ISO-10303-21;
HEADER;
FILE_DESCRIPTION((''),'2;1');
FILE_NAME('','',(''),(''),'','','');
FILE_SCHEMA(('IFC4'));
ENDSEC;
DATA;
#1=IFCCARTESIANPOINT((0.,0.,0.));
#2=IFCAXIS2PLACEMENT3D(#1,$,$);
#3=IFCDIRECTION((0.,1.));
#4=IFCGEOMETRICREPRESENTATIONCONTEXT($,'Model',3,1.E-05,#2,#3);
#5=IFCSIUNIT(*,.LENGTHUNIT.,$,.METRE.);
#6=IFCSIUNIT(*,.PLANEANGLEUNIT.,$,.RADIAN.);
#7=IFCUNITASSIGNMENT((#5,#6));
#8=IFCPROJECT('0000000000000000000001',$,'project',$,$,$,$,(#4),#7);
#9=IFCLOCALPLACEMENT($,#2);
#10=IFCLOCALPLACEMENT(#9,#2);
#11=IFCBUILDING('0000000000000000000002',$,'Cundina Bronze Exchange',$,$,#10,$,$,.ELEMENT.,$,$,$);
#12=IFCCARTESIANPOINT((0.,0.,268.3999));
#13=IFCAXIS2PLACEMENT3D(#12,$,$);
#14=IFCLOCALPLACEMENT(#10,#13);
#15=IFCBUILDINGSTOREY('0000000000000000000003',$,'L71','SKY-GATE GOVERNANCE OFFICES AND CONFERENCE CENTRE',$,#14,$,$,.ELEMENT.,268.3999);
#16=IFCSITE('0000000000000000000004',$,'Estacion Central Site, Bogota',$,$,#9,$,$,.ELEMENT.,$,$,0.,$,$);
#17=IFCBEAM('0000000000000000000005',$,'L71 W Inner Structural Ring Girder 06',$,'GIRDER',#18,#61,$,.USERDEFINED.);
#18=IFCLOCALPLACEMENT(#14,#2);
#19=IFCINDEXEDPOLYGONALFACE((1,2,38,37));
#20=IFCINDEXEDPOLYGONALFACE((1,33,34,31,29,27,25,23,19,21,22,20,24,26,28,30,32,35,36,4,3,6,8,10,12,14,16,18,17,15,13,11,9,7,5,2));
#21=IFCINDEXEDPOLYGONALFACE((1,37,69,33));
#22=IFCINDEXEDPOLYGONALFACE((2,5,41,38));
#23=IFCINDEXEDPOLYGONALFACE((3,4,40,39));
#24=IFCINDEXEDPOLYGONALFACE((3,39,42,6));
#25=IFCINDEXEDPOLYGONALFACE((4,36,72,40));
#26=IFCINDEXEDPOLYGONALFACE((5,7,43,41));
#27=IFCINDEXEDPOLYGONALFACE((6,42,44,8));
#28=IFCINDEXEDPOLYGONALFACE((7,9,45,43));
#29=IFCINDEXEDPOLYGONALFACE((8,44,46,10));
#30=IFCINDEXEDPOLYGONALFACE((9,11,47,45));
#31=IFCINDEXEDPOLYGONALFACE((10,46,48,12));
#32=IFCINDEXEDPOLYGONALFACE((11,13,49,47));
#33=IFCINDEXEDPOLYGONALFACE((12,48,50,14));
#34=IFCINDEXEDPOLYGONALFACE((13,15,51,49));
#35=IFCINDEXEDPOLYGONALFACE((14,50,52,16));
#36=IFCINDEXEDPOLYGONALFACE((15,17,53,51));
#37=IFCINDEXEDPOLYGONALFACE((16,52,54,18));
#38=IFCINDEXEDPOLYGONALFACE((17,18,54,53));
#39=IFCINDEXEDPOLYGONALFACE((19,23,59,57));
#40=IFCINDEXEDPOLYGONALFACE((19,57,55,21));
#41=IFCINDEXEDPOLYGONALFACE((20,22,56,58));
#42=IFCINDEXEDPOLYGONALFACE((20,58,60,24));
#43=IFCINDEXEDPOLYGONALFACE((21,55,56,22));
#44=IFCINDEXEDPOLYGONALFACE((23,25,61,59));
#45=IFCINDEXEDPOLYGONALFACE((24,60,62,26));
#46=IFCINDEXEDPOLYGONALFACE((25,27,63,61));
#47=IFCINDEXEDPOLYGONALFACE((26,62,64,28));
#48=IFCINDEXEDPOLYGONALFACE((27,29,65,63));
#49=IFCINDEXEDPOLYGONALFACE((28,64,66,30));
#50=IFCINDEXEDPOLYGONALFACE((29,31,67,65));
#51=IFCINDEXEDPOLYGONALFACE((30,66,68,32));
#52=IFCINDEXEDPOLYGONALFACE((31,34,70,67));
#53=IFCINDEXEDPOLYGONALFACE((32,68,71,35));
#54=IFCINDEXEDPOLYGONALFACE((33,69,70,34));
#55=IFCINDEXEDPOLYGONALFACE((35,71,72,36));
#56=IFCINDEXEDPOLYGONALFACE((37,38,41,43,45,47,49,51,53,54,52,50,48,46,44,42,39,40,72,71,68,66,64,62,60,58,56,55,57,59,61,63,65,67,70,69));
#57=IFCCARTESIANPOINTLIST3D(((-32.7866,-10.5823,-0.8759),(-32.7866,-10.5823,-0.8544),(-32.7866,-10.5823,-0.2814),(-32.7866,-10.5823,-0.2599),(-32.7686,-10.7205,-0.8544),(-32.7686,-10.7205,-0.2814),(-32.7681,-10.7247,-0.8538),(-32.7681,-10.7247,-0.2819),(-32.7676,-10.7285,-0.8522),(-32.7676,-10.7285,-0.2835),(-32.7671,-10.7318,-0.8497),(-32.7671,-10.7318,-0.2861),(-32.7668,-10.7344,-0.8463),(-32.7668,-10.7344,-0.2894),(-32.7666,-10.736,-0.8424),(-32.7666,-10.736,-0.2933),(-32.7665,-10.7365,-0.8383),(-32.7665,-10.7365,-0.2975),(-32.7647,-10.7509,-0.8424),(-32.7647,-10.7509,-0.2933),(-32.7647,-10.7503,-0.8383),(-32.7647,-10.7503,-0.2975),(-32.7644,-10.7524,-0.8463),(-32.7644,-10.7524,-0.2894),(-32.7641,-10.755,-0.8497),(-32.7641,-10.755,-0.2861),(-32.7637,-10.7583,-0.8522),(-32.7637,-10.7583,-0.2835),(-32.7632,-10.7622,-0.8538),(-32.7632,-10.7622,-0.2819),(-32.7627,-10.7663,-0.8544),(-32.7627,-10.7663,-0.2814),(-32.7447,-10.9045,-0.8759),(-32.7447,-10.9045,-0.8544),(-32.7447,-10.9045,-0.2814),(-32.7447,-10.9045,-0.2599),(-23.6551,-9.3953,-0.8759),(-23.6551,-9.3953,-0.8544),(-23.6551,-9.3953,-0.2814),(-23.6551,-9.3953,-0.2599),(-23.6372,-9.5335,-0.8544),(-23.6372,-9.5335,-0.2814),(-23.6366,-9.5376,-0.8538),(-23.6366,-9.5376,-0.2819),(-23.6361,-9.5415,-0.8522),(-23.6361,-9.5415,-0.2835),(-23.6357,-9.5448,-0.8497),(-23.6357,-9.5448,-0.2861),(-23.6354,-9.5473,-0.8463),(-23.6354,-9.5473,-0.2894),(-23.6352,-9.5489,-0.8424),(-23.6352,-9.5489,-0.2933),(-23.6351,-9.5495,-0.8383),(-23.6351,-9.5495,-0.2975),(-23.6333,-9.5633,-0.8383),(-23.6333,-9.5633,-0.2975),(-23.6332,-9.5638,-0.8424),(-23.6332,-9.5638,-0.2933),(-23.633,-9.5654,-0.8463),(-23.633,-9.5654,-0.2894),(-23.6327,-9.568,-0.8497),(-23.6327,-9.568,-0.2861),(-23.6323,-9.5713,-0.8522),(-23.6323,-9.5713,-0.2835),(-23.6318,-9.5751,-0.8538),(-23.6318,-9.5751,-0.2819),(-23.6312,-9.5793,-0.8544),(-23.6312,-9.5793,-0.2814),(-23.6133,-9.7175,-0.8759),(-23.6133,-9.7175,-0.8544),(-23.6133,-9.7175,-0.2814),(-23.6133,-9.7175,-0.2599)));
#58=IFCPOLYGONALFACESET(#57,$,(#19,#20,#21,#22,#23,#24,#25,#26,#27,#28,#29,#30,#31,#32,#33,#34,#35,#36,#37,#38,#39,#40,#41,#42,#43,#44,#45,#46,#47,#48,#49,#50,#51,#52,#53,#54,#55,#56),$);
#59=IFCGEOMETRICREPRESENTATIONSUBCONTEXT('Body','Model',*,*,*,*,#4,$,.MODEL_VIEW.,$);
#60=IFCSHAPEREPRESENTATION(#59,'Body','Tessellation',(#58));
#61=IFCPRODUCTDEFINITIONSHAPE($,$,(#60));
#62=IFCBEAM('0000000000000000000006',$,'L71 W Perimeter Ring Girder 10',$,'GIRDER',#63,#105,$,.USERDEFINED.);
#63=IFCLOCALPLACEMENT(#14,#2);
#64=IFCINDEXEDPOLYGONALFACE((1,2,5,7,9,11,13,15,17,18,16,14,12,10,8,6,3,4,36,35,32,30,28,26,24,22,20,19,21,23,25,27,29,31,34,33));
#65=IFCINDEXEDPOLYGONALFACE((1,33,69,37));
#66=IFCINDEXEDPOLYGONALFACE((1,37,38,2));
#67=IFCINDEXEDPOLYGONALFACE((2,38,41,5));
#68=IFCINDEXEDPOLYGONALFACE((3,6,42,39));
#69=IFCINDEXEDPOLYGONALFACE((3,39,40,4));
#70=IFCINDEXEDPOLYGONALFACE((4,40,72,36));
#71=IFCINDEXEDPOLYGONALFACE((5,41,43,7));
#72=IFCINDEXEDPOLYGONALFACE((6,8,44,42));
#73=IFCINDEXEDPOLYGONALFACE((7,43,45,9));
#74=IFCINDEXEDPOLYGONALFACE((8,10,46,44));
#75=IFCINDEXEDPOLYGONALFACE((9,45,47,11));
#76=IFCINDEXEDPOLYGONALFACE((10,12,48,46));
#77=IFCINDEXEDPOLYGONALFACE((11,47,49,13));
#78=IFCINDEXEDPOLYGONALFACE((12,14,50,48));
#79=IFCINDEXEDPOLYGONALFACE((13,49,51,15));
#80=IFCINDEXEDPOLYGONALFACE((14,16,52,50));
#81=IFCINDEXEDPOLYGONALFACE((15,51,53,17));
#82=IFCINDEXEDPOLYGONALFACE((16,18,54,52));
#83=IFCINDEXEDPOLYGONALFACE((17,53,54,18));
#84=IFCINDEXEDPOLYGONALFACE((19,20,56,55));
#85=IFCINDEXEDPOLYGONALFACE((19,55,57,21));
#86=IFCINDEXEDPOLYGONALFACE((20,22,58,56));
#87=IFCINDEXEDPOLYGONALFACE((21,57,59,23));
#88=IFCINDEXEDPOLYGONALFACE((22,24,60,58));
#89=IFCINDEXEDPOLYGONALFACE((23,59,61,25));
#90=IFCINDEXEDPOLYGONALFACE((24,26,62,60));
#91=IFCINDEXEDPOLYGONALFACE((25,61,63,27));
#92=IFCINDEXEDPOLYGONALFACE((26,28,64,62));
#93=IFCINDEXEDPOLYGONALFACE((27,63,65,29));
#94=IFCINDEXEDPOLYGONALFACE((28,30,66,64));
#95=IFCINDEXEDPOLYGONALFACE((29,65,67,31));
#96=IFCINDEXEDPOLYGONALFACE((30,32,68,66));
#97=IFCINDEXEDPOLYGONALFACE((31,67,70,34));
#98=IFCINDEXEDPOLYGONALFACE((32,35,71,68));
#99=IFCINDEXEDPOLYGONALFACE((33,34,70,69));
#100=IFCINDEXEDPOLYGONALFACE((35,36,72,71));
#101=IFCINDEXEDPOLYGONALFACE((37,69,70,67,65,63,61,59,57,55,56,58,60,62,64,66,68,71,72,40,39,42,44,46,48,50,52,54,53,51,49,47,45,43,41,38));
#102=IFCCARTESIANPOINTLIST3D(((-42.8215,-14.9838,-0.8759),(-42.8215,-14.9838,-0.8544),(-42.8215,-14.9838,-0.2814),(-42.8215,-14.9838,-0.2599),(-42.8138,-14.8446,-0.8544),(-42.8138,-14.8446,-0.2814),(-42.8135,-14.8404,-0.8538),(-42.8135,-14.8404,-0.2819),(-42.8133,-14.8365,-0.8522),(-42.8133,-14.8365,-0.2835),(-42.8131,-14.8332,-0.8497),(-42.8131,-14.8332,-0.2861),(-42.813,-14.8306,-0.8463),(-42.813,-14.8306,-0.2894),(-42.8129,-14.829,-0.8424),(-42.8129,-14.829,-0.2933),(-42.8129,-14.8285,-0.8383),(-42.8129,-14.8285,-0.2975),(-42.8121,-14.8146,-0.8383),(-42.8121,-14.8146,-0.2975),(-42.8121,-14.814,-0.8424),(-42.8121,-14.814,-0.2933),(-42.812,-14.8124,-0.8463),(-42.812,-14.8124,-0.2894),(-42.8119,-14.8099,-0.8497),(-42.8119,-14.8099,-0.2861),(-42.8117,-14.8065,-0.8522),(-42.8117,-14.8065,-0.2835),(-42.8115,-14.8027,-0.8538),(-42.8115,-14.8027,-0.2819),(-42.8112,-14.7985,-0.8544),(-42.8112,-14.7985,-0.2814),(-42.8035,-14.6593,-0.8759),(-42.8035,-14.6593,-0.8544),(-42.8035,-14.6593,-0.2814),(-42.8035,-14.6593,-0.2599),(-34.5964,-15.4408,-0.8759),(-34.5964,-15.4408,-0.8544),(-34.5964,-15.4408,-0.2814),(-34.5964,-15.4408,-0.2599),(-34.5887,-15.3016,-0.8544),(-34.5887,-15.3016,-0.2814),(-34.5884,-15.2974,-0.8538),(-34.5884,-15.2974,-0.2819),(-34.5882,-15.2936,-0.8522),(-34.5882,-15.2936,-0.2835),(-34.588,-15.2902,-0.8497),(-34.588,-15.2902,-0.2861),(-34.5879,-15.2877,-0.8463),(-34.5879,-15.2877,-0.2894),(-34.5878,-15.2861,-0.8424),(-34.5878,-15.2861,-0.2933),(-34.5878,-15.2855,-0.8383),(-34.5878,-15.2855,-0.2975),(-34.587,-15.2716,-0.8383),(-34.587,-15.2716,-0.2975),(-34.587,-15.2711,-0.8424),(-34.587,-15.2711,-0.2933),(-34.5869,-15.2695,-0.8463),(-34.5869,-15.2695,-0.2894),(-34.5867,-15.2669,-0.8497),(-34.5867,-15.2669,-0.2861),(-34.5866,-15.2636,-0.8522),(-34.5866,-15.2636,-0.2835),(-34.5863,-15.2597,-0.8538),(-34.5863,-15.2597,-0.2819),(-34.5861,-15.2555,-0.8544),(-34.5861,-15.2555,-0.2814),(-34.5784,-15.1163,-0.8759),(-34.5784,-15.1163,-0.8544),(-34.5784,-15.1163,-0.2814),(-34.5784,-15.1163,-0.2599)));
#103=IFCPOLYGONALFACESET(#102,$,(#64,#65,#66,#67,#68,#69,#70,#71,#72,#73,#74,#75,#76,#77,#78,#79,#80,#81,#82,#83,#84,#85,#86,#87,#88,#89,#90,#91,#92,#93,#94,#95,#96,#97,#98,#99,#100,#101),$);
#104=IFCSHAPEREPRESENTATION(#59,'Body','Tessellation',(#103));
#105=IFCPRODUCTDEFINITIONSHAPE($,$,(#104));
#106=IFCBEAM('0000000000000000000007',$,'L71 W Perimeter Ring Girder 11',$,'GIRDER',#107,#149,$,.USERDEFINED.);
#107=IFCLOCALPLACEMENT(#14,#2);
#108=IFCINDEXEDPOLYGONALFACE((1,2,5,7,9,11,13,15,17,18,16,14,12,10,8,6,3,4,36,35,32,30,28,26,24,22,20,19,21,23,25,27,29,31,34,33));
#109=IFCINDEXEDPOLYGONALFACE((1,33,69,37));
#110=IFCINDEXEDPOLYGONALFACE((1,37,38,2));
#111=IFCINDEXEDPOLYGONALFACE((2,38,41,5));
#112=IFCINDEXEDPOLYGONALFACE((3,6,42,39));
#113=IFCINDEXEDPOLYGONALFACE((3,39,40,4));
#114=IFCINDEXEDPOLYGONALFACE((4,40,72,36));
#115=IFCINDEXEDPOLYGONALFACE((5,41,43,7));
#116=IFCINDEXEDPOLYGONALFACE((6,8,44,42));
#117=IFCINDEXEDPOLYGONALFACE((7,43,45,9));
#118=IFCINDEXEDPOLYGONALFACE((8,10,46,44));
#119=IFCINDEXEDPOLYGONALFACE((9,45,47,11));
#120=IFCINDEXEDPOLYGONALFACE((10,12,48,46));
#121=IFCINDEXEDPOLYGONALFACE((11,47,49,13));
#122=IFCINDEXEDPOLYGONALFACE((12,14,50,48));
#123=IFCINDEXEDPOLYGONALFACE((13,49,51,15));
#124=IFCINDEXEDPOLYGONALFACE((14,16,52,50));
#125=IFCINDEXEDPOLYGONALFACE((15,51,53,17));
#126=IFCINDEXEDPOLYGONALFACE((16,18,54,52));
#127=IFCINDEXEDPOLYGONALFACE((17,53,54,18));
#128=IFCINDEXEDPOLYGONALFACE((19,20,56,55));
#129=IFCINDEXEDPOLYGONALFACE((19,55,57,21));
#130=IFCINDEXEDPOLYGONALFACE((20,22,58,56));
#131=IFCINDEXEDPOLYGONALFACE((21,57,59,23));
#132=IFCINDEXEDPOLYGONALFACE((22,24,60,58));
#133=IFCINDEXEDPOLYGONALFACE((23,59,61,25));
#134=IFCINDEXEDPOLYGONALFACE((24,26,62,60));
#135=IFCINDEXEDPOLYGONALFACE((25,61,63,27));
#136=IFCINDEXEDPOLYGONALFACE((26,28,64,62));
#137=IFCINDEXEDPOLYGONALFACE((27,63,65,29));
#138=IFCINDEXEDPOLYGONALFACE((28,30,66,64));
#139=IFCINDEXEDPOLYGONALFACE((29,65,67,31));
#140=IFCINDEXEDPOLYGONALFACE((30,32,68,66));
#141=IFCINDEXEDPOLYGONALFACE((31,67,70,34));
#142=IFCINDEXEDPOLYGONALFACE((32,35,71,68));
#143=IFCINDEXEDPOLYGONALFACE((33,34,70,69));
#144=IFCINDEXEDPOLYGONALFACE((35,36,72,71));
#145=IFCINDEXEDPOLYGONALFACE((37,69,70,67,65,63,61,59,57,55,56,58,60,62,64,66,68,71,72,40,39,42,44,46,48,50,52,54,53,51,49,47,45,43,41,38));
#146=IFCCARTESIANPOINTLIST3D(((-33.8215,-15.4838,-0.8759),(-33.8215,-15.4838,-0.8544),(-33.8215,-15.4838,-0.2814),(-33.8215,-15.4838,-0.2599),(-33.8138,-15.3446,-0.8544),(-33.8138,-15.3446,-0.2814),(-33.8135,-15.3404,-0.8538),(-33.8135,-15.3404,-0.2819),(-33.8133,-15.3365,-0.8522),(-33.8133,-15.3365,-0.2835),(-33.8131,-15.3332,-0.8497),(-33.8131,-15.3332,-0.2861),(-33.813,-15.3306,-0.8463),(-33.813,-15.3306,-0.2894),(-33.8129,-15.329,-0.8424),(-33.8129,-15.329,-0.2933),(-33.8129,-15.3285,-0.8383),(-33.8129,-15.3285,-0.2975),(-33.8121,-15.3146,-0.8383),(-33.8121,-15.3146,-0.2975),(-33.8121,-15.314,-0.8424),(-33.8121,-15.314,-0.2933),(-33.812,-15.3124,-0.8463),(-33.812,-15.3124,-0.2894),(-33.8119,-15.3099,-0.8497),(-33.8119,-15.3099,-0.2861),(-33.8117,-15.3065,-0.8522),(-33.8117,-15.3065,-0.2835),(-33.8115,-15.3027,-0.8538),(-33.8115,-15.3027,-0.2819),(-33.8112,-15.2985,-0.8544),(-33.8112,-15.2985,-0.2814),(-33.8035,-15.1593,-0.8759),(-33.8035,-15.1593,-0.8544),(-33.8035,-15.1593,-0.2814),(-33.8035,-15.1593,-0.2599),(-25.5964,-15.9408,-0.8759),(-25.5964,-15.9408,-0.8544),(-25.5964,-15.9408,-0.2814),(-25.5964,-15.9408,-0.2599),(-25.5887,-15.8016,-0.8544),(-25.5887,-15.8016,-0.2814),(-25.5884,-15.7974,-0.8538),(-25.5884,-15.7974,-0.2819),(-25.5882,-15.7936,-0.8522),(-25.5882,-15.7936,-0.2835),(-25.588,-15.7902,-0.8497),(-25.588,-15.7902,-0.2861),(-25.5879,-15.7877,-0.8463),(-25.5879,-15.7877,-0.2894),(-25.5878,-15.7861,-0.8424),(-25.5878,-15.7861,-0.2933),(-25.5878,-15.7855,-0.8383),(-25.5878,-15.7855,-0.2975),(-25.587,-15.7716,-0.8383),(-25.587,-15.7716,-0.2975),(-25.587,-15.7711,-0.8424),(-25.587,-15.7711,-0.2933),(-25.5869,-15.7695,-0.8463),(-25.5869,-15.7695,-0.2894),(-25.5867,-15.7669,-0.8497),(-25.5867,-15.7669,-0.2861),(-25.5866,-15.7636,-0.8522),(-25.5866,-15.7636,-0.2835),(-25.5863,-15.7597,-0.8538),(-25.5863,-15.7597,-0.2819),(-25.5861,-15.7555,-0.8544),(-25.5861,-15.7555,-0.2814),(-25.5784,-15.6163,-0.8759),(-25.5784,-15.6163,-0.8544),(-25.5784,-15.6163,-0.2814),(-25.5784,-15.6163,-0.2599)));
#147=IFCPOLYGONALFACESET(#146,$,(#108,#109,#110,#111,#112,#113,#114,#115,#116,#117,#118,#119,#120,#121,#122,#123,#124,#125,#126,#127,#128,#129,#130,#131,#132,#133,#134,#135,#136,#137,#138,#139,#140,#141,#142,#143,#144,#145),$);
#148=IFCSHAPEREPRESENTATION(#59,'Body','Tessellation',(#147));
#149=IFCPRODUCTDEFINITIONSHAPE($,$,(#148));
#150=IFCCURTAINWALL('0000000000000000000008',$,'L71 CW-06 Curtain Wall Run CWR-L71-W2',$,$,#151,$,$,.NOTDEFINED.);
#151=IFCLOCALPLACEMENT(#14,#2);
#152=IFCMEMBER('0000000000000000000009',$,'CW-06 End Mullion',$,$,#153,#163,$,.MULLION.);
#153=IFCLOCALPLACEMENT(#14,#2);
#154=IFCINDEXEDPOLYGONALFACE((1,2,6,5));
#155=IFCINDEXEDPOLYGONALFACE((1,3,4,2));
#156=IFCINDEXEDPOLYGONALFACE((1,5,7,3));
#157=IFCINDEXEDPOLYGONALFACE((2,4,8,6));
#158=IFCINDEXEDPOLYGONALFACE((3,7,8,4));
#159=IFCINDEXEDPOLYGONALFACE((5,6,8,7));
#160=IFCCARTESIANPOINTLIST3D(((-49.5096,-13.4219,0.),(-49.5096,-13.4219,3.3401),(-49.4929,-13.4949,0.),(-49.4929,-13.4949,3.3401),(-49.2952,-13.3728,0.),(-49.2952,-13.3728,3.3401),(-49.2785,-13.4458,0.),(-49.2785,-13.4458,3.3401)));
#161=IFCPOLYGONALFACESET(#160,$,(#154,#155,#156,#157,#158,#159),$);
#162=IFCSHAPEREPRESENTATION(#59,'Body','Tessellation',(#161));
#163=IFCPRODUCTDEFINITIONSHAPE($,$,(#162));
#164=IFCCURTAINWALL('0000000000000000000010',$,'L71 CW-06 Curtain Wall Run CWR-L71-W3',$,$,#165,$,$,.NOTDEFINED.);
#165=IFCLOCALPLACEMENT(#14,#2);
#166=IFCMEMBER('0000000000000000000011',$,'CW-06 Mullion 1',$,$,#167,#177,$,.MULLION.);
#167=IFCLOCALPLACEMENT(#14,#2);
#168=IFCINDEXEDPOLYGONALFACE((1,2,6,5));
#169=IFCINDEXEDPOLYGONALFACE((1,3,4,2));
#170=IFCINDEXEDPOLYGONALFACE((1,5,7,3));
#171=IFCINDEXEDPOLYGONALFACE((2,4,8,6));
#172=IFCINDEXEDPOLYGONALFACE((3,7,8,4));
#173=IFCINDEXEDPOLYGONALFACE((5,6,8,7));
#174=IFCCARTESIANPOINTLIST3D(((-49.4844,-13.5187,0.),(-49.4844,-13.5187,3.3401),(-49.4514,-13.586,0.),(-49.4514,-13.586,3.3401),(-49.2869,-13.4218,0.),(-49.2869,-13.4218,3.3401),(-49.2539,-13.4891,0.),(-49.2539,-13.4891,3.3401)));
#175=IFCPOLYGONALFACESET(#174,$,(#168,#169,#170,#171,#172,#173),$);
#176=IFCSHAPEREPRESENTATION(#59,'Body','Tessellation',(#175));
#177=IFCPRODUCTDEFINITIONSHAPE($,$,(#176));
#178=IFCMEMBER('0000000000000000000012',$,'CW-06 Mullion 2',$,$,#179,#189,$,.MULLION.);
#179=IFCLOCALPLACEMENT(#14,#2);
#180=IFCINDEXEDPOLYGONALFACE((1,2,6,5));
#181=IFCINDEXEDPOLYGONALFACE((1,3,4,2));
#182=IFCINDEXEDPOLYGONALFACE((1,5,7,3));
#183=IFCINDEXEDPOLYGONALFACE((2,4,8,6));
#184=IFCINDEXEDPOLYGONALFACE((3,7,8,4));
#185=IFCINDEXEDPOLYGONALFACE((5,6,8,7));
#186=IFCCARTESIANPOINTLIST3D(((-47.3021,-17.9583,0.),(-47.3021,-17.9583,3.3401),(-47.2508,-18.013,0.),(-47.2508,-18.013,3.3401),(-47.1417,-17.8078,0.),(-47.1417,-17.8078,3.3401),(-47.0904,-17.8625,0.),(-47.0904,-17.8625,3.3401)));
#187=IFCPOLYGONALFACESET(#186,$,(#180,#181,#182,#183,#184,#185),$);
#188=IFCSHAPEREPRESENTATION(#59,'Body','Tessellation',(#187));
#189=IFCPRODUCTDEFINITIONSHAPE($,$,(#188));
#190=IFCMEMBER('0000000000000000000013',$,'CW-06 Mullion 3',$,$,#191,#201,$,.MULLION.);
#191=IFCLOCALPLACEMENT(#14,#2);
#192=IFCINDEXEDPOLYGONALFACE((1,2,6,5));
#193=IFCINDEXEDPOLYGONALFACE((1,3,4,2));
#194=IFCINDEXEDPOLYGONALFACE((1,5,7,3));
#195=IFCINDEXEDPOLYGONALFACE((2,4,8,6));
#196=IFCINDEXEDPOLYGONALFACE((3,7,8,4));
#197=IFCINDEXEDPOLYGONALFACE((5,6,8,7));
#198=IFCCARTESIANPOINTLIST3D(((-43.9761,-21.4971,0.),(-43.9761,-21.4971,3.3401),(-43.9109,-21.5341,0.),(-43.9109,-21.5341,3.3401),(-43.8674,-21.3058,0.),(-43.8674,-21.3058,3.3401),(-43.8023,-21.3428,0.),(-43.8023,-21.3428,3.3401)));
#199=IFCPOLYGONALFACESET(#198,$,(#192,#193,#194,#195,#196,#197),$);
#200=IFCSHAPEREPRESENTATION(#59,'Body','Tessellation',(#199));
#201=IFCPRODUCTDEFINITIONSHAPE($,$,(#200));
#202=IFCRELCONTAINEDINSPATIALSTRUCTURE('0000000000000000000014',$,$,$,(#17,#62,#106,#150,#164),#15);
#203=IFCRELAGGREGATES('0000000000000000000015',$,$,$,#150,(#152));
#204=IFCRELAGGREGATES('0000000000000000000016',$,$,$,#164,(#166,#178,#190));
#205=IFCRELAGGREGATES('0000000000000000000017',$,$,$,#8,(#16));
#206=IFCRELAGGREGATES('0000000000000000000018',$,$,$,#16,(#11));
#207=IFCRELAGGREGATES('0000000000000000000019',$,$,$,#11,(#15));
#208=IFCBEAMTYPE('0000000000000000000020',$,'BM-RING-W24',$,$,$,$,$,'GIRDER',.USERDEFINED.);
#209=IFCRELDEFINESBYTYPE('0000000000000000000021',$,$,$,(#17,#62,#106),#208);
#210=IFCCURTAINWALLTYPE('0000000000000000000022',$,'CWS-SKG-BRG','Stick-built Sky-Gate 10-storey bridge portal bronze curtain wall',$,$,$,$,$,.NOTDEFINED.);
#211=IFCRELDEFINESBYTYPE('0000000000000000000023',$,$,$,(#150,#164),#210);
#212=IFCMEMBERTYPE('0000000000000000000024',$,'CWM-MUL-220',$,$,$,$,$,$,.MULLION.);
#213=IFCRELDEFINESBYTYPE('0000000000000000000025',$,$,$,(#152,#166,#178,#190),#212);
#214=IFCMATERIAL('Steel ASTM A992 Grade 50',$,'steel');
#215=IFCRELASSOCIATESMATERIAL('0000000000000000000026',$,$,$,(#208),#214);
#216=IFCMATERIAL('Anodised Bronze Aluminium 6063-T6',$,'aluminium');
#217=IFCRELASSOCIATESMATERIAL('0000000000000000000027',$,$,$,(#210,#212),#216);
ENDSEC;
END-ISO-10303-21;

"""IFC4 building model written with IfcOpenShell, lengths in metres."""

from ifc_helpers import new_model, si_unit, direction, frame, origin, origin_2d, place, context, subcontext, project, spatial, rectangle, i_section, extrude, material, material_profile, profile_set, type_object, element, aggregate, save


model = new_model("IFC4")

# Units and contexts
model_context = context("Model", 3, precision=1e-05, world=origin(), true_north=direction((0.0, 1.0)))
body_context = subcontext(model_context, "Body", "Model", "MODEL_VIEW")
ifc_project = project(units=[si_unit("LENGTHUNIT", "METRE"), si_unit("PLANEANGLEUNIT", "RADIAN")], contexts=[model_context])

# Site, building, storey
site_placement = place(None, origin())
site = spatial("IfcSite", under=ifc_project, at=site_placement, Name="Estacion Central Site, Bogota", CompositionType="ELEMENT", RefElevation=0.0)
building_placement = place(site_placement, origin())
building = spatial("IfcBuilding", under=site, at=building_placement, Name="Cundina Bronze Exchange", CompositionType="ELEMENT")
storey_placement = place(building_placement, frame((0.0, 0.0, 268.3999)))
storey = spatial("IfcBuildingStorey", under=building, at=storey_placement, Name="L71", Description="SKY-GATE GOVERNANCE OFFICES AND CONFERENCE CENTRE", CompositionType="ELEMENT", Elevation=268.3999)

# Beams
ifc_material_1 = material(Name="Steel ASTM A992 Grade 50", Category="steel")
ifc_material_profile_1 = material_profile(ifc_material_1, i_section(OverallWidth=0.325, OverallDepth=0.616, WebThickness=0.0139, FlangeThickness=0.0215, FilletRadius=0.0161, at=origin_2d()), Name="W24X117", Category="steel")
ifc_profile_set_1 = profile_set([ifc_material_profile_1], Name="Steel ASTM A992 Grade 50")
beam_type_1 = type_object("IfcBeamType", Name="BM-RING-W24", ElementType="GIRDER", PredefinedType="USERDEFINED", material=ifc_profile_set_1)
beam_1_placement = place(storey_placement, frame((-32.7656, -10.7434, -0.5679), z_axis=(0.991656, 0.128908, 0.0), x_axis=(-0.128908, 0.991656, 0.0)))
element("IfcBeam", 1, at=beam_1_placement, inside=storey, type_object=beam_type_1, Name="L71 W Inner Structural Ring Girder 06", ObjectType="GIRDER", PredefinedType="USERDEFINED", context=body_context, shape_type="SweptSolid", body=[
    extrude(i_section(OverallWidth=0.325, OverallDepth=0.616, WebThickness=0.0139, FlangeThickness=0.0215, FilletRadius=0.0161, at=origin_2d()), origin(), (0.0, 0.0, 1.0), 9.2083),
])
for number, where, z_axis, x_axis, name in (
    (2, (-42.8125, -14.8215, -0.5679), (0.99846, -0.05548, 0.0), (0.05548, 0.99846, 0.0), "L71 W Perimeter Ring Girder 10"),
    (3, (-33.8125, -15.3215, -0.5679), (0.99846, -0.05548, 0.0), (0.05548, 0.99846, 0.0), "L71 W Perimeter Ring Girder 11"),
):
    element("IfcBeam", number, at=place(storey_placement, frame(where, z_axis=z_axis, x_axis=x_axis)), inside=storey, type_object=beam_type_1, Name=name, ObjectType="GIRDER", PredefinedType="USERDEFINED", context=body_context, shape_type="SweptSolid", body=[
        extrude(i_section(OverallWidth=0.325, OverallDepth=0.616, WebThickness=0.0139, FlangeThickness=0.0215, FilletRadius=0.0161, at=origin_2d()), origin(), (0.0, 0.0, 1.0), 8.2378),
    ])

# Curtain wall, member
ifc_material_2 = material(Name="Anodised Bronze Aluminium 6063-T6", Category="aluminium")
curtain_wall_type = type_object("IfcCurtainWallType", Name="CWS-SKG-BRG", Description="Stick-built Sky-Gate 10-storey bridge portal bronze curtain wall", PredefinedType="NOTDEFINED", material=ifc_material_2)
curtain_wall_1_placement = place(storey_placement, origin())
curtain_wall_1 = element("IfcCurtainWall", 4, at=curtain_wall_1_placement, inside=storey, type_object=curtain_wall_type, Name="L71 CW-06 Curtain Wall Run CWR-L71-W2", PredefinedType="NOTDEFINED")
ifc_material_profile_2 = material_profile(ifc_material_2, rectangle(XDim=0.075, YDim=0.22, at=origin_2d()), Name="AL75X220", Category="aluminium")
ifc_profile_set_2 = profile_set([ifc_material_profile_2], Name="Anodised Bronze Aluminium 6063-T6")
member_type_1 = type_object("IfcMemberType", Name="CWM-MUL-220", PredefinedType="MULLION", material=ifc_profile_set_2)
member_1_placement = place(storey_placement, frame((-49.394, -13.4338, 0.0), z_axis=(0.0, 0.0, 1.0), x_axis=(0.22325, -0.974761, 0.0)))
member_1 = element("IfcMember", 5, at=member_1_placement, type_object=member_type_1, Name="CW-06 End Mullion", PredefinedType="MULLION", context=body_context, shape_type="SweptSolid", body=[
    extrude(rectangle(XDim=0.075, YDim=0.22, at=origin_2d()), origin(), (0.0, 0.0, 1.0), 3.3401),
])

# Curtain wall, members
curtain_wall_2_placement = place(storey_placement, origin())
curtain_wall_2 = element("IfcCurtainWall", 6, at=curtain_wall_2_placement, inside=storey, type_object=curtain_wall_type, Name="L71 CW-06 Curtain Wall Run CWR-L71-W3", PredefinedType="NOTDEFINED")
member_2_placement = place(storey_placement, frame((-49.3691, -13.5039, 0.0), z_axis=(0.0, 0.0, 1.0), x_axis=(0.440566, -0.89772, 0.0)))
member_2 = element("IfcMember", 7, at=member_2_placement, type_object=member_type_1, Name="CW-06 Mullion 1", PredefinedType="MULLION", context=body_context, shape_type="SweptSolid", body=[
    extrude(rectangle(XDim=0.075, YDim=0.22, at=origin_2d()), origin(), (0.0, 0.0, 1.0), 3.3401),
])
member_3_placement = place(storey_placement, frame((-47.1963, -17.9104, 0.0), z_axis=(0.0, 0.0, 1.0), x_axis=(0.684293, -0.729208, 0.0)))
member_3 = element("IfcMember", 8, at=member_3_placement, type_object=member_type_1, Name="CW-06 Mullion 2", PredefinedType="MULLION", context=body_context, shape_type="SweptSolid", body=[
    extrude(rectangle(XDim=0.075, YDim=0.22, at=origin_2d()), origin(), (0.0, 0.0, 1.0), 3.3401),
])
member_4_placement = place(storey_placement, frame((-43.8892, -21.4199, 0.0), z_axis=(0.0, 0.0, 1.0), x_axis=(0.869581, -0.49379, 0.0)))
member_4 = element("IfcMember", 9, at=member_4_placement, type_object=member_type_1, Name="CW-06 Mullion 3", PredefinedType="MULLION", context=body_context, shape_type="SweptSolid", body=[
    extrude(rectangle(XDim=0.075, YDim=0.22, at=origin_2d()), origin(), (0.0, 0.0, 1.0), 3.3401),
])

aggregate(curtain_wall_1, [member_1])
aggregate(curtain_wall_2, [member_2, member_3, member_4])

save(model, "model.ifc")
